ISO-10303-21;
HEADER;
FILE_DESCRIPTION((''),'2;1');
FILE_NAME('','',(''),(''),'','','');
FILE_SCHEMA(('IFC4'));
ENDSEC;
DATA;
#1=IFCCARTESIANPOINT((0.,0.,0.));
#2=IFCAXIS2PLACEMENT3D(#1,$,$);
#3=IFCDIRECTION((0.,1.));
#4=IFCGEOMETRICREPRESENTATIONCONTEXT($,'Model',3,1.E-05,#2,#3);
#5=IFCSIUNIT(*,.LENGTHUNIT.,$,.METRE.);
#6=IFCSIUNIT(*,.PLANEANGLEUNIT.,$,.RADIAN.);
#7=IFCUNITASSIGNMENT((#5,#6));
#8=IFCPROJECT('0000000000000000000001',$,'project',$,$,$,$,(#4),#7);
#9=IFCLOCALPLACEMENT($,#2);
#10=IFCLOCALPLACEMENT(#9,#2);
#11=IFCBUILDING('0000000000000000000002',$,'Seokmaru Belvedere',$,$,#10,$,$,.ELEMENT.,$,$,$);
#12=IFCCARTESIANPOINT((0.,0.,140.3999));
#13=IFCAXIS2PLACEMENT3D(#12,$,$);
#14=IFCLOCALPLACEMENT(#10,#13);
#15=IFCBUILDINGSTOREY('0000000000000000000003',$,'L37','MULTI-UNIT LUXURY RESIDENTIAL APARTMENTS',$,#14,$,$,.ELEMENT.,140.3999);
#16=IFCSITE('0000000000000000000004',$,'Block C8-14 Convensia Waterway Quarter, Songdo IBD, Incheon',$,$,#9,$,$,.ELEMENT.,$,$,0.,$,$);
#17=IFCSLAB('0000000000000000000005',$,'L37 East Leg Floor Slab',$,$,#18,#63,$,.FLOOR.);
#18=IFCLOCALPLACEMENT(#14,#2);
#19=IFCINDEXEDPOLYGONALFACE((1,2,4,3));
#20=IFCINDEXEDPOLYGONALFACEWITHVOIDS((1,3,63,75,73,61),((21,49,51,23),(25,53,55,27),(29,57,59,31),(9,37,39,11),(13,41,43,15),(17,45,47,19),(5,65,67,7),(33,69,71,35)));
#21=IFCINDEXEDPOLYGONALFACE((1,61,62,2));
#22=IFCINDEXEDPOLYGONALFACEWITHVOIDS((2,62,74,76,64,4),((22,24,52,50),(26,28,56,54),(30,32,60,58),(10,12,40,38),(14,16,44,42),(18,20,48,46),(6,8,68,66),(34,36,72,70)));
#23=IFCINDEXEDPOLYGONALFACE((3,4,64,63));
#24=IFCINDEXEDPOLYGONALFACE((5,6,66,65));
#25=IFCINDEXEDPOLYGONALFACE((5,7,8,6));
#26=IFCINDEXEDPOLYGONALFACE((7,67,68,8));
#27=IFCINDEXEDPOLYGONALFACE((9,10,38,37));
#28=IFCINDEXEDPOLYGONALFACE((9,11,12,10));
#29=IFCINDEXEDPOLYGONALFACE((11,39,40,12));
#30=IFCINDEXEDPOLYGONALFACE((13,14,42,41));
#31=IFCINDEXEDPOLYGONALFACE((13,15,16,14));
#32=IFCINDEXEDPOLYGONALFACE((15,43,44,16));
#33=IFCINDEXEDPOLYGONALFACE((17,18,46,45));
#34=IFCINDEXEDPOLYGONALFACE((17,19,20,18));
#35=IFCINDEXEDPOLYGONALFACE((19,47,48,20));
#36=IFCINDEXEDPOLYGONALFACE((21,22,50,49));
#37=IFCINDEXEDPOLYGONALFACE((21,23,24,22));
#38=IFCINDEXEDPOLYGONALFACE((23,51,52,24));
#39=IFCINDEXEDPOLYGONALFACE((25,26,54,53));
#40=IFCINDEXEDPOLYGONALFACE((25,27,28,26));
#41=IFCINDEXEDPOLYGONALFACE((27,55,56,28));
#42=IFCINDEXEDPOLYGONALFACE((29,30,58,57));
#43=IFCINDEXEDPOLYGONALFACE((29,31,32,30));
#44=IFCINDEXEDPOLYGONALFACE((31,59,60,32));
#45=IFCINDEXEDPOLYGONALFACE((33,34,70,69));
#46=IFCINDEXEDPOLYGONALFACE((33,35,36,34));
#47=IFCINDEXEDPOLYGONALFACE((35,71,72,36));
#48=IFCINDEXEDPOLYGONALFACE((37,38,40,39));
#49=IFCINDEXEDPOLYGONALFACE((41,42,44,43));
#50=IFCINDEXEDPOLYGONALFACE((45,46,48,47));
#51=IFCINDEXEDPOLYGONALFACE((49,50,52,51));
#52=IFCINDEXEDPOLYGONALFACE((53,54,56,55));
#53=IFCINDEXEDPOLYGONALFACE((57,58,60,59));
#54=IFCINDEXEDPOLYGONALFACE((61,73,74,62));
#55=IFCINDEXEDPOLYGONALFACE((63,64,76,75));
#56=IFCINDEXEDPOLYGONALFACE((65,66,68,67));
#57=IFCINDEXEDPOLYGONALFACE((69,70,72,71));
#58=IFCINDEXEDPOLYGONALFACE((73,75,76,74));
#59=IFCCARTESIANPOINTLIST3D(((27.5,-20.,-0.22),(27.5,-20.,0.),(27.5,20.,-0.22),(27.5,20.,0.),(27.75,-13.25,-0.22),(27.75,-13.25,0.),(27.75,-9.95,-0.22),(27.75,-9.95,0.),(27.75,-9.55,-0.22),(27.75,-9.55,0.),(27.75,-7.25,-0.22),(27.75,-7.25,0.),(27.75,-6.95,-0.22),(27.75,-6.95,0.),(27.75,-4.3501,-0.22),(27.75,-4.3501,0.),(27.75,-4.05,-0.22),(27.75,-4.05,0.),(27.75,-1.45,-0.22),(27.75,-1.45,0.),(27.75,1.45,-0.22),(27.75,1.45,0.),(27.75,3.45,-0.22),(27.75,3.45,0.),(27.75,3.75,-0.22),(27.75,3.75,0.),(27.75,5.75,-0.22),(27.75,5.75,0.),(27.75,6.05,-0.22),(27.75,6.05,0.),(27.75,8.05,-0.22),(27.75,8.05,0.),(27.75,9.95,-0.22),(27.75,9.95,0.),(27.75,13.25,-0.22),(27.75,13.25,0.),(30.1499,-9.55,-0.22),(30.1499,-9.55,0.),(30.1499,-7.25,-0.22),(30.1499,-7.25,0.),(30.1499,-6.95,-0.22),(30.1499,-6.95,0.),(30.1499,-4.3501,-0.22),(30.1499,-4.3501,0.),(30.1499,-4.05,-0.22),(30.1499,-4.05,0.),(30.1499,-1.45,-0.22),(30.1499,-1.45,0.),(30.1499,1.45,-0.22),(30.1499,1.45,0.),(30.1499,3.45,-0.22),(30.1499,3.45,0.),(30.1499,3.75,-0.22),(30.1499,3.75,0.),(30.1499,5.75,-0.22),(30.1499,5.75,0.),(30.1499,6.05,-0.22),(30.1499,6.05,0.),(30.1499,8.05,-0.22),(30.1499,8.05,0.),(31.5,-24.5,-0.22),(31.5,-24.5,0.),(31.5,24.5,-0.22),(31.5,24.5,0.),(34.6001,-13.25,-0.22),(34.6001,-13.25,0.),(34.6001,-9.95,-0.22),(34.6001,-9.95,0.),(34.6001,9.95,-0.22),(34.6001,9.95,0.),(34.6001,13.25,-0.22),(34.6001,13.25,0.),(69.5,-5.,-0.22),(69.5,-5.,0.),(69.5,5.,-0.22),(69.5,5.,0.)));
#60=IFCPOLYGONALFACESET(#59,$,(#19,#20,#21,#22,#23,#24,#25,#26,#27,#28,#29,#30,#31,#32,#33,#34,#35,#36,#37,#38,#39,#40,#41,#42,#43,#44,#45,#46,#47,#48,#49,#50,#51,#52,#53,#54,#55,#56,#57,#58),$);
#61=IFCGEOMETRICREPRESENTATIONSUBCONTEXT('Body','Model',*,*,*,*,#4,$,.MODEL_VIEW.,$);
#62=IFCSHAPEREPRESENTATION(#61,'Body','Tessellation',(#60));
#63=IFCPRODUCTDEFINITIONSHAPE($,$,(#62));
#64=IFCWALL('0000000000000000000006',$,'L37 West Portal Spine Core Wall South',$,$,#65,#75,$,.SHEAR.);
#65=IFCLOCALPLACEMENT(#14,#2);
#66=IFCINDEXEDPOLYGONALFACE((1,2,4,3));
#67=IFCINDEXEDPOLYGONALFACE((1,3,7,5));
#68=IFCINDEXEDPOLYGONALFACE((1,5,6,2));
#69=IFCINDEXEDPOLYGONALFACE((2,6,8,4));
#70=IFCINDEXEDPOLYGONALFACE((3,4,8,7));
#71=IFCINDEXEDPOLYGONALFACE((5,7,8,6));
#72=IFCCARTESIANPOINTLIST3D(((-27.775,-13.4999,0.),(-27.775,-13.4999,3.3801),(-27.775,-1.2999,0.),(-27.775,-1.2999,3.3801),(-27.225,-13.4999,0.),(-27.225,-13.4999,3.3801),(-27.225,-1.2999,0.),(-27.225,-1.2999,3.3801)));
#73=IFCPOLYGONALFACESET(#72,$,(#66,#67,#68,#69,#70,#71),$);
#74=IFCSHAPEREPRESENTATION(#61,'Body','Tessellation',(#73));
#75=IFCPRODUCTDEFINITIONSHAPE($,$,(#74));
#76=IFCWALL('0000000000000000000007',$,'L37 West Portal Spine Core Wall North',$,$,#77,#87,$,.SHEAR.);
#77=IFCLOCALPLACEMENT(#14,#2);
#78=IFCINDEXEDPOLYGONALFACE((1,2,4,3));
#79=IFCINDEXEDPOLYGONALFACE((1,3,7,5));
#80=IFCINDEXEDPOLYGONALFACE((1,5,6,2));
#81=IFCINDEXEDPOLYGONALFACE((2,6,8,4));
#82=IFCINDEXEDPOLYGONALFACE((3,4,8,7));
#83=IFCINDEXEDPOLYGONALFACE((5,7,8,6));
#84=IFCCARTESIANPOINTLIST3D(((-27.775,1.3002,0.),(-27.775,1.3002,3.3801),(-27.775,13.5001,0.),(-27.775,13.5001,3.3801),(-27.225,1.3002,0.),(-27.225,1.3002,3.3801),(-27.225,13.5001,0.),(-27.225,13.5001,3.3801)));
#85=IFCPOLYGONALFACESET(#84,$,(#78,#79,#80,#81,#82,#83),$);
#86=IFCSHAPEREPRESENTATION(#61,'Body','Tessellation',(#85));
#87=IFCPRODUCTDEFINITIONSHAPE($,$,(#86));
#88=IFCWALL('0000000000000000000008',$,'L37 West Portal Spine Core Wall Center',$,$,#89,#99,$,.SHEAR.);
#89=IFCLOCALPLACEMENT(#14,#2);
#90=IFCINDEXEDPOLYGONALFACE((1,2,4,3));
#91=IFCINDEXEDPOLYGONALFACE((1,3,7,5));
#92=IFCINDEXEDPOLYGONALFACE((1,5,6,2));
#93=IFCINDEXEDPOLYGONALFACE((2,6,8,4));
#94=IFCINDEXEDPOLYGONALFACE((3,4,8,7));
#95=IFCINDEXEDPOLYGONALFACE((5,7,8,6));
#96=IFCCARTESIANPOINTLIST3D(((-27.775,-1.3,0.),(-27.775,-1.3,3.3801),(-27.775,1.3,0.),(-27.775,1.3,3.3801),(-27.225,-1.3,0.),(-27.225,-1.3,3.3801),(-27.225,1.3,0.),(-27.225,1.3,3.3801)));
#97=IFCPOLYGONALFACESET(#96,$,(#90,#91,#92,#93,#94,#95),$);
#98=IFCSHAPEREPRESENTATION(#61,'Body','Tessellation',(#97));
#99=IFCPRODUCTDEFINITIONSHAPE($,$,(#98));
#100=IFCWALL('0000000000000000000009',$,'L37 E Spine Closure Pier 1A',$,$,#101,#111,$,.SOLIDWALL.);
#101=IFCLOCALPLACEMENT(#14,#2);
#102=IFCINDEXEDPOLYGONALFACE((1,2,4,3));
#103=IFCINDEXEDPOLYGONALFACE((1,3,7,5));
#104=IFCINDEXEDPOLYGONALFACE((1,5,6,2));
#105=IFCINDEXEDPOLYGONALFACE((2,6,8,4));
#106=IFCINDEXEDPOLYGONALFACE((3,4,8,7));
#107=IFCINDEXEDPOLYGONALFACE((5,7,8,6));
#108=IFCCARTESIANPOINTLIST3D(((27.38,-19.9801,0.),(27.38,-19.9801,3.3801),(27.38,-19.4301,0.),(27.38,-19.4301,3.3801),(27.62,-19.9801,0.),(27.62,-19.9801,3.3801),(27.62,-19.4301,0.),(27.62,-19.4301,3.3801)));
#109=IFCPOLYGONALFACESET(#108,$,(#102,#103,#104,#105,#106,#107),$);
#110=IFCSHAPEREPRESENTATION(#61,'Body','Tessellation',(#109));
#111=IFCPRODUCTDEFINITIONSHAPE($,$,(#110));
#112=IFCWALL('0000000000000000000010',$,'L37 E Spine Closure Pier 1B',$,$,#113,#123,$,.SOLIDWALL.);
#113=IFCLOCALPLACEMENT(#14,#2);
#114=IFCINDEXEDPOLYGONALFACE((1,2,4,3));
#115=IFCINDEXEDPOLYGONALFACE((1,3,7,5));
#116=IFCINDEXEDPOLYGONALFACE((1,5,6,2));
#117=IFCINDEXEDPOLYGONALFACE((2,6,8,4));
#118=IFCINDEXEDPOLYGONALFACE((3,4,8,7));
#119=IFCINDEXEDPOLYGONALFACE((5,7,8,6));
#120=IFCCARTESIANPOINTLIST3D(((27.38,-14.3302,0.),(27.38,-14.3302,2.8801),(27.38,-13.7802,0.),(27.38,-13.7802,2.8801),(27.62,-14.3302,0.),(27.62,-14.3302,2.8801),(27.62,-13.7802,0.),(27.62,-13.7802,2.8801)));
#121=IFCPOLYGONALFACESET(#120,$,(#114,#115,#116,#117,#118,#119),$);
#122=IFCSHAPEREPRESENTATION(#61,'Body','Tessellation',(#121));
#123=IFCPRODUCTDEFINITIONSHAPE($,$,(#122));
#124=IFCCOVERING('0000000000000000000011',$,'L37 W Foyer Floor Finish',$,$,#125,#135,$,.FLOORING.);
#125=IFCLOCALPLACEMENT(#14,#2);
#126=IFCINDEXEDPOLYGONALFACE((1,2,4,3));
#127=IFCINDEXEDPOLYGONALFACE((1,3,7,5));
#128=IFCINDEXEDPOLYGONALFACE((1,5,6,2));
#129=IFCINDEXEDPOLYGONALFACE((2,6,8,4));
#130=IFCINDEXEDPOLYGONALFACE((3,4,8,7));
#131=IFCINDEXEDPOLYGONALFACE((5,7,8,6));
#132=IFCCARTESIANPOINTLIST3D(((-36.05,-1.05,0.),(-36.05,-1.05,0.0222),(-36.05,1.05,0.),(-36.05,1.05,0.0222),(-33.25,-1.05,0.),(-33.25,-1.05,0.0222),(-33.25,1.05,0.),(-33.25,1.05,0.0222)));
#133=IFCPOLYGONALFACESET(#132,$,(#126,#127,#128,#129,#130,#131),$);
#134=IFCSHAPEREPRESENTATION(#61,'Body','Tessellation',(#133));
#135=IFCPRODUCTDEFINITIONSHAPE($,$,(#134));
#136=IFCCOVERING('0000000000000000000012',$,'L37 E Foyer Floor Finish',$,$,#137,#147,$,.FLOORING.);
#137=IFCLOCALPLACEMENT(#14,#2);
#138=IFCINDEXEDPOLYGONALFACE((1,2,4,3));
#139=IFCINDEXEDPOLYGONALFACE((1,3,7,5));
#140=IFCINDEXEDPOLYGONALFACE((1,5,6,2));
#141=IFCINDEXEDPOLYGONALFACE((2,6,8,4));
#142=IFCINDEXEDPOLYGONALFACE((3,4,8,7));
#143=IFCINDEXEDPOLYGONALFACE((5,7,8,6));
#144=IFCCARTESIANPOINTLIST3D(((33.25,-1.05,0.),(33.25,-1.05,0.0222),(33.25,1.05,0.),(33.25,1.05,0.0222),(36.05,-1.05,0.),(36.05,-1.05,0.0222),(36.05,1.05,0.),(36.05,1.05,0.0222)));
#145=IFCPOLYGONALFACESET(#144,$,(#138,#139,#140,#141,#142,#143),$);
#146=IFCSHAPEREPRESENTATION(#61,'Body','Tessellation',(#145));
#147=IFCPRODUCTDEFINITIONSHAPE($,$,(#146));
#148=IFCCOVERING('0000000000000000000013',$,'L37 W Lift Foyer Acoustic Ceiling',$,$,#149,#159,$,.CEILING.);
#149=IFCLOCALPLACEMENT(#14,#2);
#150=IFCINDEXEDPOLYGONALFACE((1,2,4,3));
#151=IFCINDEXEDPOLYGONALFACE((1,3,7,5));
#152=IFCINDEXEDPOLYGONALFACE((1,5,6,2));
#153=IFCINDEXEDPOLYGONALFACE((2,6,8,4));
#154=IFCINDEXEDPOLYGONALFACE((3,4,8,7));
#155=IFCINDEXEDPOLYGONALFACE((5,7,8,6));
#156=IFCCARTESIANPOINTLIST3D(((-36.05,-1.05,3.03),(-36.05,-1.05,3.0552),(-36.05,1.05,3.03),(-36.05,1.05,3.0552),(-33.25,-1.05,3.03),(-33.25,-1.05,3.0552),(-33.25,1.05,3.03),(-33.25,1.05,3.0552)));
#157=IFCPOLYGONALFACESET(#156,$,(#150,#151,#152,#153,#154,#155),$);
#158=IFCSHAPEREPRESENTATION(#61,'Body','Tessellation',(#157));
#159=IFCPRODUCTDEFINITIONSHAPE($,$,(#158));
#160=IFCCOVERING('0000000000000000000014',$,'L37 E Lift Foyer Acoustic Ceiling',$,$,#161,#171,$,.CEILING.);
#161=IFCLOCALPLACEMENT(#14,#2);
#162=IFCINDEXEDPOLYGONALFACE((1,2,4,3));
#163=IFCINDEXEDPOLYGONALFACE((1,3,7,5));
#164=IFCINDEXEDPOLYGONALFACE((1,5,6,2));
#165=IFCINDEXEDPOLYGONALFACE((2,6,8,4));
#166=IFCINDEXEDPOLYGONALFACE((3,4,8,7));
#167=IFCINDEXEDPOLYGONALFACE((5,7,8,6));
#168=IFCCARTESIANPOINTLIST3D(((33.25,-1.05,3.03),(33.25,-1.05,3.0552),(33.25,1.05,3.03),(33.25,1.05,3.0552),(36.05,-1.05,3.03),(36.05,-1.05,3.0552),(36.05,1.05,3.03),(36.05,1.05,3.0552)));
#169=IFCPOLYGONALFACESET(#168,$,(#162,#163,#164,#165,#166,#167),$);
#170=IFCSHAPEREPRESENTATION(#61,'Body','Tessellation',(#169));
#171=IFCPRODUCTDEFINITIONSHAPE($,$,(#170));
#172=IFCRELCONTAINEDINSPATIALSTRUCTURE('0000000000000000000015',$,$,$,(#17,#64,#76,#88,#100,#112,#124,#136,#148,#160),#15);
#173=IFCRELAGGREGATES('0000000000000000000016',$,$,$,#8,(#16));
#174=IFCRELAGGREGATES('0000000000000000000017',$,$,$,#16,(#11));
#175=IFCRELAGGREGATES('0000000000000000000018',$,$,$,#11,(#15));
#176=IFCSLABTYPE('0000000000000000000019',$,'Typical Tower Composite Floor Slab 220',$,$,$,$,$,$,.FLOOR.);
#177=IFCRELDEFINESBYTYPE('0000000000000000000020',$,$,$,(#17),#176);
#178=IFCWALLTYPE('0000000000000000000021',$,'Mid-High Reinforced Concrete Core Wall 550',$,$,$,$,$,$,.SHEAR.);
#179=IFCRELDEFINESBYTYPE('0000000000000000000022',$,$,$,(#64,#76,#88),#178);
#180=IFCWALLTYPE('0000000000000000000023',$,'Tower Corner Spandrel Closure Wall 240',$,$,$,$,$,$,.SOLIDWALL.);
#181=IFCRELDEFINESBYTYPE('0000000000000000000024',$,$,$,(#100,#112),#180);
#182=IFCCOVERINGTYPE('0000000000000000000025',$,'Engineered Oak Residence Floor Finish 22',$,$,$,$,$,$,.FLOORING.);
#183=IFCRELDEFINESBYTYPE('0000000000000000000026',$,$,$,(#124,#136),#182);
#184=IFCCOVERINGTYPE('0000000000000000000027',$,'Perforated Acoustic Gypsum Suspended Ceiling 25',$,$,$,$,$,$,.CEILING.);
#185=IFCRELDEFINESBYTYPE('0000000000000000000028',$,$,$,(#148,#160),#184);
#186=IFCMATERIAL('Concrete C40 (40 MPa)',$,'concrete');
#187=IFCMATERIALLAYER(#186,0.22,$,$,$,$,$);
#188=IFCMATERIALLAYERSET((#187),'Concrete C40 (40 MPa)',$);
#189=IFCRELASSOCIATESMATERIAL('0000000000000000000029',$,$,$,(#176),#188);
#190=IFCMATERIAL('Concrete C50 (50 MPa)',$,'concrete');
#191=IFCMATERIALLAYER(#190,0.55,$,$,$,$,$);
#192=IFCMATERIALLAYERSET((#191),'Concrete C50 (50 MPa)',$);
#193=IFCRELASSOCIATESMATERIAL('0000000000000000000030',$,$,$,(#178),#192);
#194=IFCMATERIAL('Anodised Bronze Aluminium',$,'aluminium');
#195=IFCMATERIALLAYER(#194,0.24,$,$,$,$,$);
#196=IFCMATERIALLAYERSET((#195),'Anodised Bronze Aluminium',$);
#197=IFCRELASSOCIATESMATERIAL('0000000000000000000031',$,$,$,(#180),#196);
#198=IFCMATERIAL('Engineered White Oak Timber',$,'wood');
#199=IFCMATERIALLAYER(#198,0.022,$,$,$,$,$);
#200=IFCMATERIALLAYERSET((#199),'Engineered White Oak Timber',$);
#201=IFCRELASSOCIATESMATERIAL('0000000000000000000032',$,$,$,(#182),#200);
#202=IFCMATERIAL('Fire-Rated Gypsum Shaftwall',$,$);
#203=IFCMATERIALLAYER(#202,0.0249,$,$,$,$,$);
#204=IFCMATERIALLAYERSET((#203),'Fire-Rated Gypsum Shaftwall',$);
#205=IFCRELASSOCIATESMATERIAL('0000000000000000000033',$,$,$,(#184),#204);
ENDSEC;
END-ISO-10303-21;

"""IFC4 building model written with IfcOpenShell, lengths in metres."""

from ifc_helpers import new_model, si_unit, direction, frame, frame_2d, origin, place, context, subcontext, project, spatial, polyline, rectangle, outline, extrude, material, layer, layer_set, type_object, element, save


model = new_model("IFC4")

# Units and contexts
model_context = context("Model", 3, precision=1e-05, world=origin(), true_north=direction((0.0, 1.0)))
body_context = subcontext(model_context, "Body", "Model", "MODEL_VIEW")
ifc_project = project(units=[si_unit("LENGTHUNIT", "METRE"), si_unit("PLANEANGLEUNIT", "RADIAN")], contexts=[model_context])

# Site, building, storey
site_placement = place(None, origin())
site = spatial("IfcSite", under=ifc_project, at=site_placement, Name="Block C8-14 Convensia Waterway Quarter, Songdo IBD, Incheon", CompositionType="ELEMENT", RefElevation=0.0)
building_placement = place(site_placement, origin())
building = spatial("IfcBuilding", under=site, at=building_placement, Name="Seokmaru Belvedere", CompositionType="ELEMENT")
storey_placement = place(building_placement, frame((0.0, 0.0, 140.3999)))
storey = spatial("IfcBuildingStorey", under=building, at=storey_placement, Name="L37", Description="MULTI-UNIT LUXURY RESIDENTIAL APARTMENTS", CompositionType="ELEMENT", Elevation=140.3999)

# Shared definitions
ifc_material_1 = material(Name="Concrete C40 (40 MPa)", Category="concrete")

# Slab
ifc_layer_1 = layer(ifc_material_1, 0.22)
ifc_layer_set_1 = layer_set([ifc_layer_1], Name="Concrete C40 (40 MPa)")
slab_type_1 = type_object("IfcSlabType", Name="Typical Tower Composite Floor Slab 220", PredefinedType="FLOOR", material=ifc_layer_set_1)
slab_1_placement = place(storey_placement, frame((0.0, 0.0, -0.22)))
element("IfcSlab", 1, at=slab_1_placement, inside=storey, type_object=slab_type_1, Name="L37 East Leg Floor Slab", PredefinedType="FLOOR", context=body_context, shape_type="SweptSolid", body=[
    extrude(outline(polyline([(31.5, -24.5), (69.5, -5.0), (69.5, 5.0), (31.5, 24.5), (27.5, 20.0), (27.5, -20.0), (31.5, -24.5)]), holes=[polyline([(27.75, -13.25), (34.6001, -13.25), (34.6001, -9.95), (27.75, -9.95), (27.75, -13.25)]), polyline([(27.75, 9.95), (34.6001, 9.95), (34.6001, 13.25), (27.75, 13.25), (27.75, 9.95)]), polyline([(27.75, -9.55), (30.1499, -9.55), (30.1499, -7.25), (27.75, -7.25), (27.75, -9.55)]), polyline([(27.75, -6.95), (30.1499, -6.95), (30.1499, -4.3501), (27.75, -4.3501), (27.75, -6.95)]), polyline([(27.75, -4.05), (30.1499, -4.05), (30.1499, -1.45), (27.75, -1.45), (27.75, -4.05)]), polyline([(27.75, 1.45), (30.1499, 1.45), (30.1499, 3.45), (27.75, 3.45), (27.75, 1.45)]), polyline([(27.75, 3.75), (30.1499, 3.75), (30.1499, 5.75), (27.75, 5.75), (27.75, 3.75)]), polyline([(27.75, 6.05), (30.1499, 6.05), (30.1499, 8.05), (27.75, 8.05), (27.75, 6.05)])]), origin(), (0.0, 0.0, 1.0), 0.22),
])

# Walls
ifc_material_2 = material(Name="Concrete C50 (50 MPa)", Category="concrete")
ifc_layer_2 = layer(ifc_material_2, 0.55)
ifc_layer_set_2 = layer_set([ifc_layer_2], Name="Concrete C50 (50 MPa)")
wall_type_1 = type_object("IfcWallType", Name="Mid-High Reinforced Concrete Core Wall 550", PredefinedType="SHEAR", material=ifc_layer_set_2)
for number, where, z_axis, x_axis, name in (
    (2, (-27.5, -13.5, 0.0), (0.0, 0.0, 1.0), (0.0, 1.0, 0.0), "L37 West Portal Spine Core Wall South"),
    (3, (-27.5, 1.3, 0.0), (0.0, 0.0, 1.0), (0.0, 1.0, 0.0), "L37 West Portal Spine Core Wall North"),
):
    element("IfcWall", number, at=place(storey_placement, frame(where, z_axis=z_axis, x_axis=x_axis)), inside=storey, type_object=wall_type_1, Name=name, PredefinedType="SHEAR", context=body_context, shape_type="SweptSolid", body=[
        extrude(rectangle(XDim=12.2, YDim=0.55, at=frame_2d((6.1001, 0.0))), origin(), (0.0, 0.0, 1.0), 3.3801),
    ])
wall_1_placement = place(storey_placement, frame((-27.5, -1.3, 0.0), z_axis=(0.0, 0.0, 1.0), x_axis=(0.0, 1.0, 0.0)))
element("IfcWall", 4, at=wall_1_placement, inside=storey, type_object=wall_type_1, Name="L37 West Portal Spine Core Wall Center", PredefinedType="SHEAR", context=body_context, shape_type="SweptSolid", body=[
    extrude(rectangle(XDim=2.6001, YDim=0.55, at=frame_2d((1.3, 0.0))), origin(), (0.0, 0.0, 1.0), 3.3801),
])
ifc_material_3 = material(Name="Anodised Bronze Aluminium", Category="aluminium")
ifc_layer_3 = layer(ifc_material_3, 0.24)
ifc_layer_set_3 = layer_set([ifc_layer_3], Name="Anodised Bronze Aluminium")
wall_type_2 = type_object("IfcWallType", Name="Tower Corner Spandrel Closure Wall 240", PredefinedType="SOLIDWALL", material=ifc_layer_set_3)
wall_2_placement = place(storey_placement, frame((27.5, -19.98, 0.0), z_axis=(0.0, 0.0, 1.0), x_axis=(0.0, 1.0, 0.0)))
element("IfcWall", 5, at=wall_2_placement, inside=storey, type_object=wall_type_2, Name="L37 E Spine Closure Pier 1A", PredefinedType="SOLIDWALL", context=body_context, shape_type="SweptSolid", body=[
    extrude(rectangle(XDim=0.55, YDim=0.24, at=frame_2d((0.2749, 0.0))), origin(), (0.0, 0.0, 1.0), 3.3801),
])
wall_3_placement = place(storey_placement, frame((27.5, -14.3301, 0.0), z_axis=(0.0, 0.0, 1.0), x_axis=(0.0, 1.0, 0.0)))
element("IfcWall", 6, at=wall_3_placement, inside=storey, type_object=wall_type_2, Name="L37 E Spine Closure Pier 1B", PredefinedType="SOLIDWALL", context=body_context, shape_type="SweptSolid", body=[
    extrude(rectangle(XDim=0.55, YDim=0.24, at=frame_2d((0.2749, 0.0))), origin(), (0.0, 0.0, 1.0), 2.8801),
])

# Coverings
ifc_material_4 = material(Name="Engineered White Oak Timber", Category="wood")
ifc_layer_4 = layer(ifc_material_4, 0.022)
ifc_layer_set_4 = layer_set([ifc_layer_4], Name="Engineered White Oak Timber")
covering_type_1 = type_object("IfcCoveringType", Name="Engineered Oak Residence Floor Finish 22", PredefinedType="FLOORING", material=ifc_layer_set_4)
covering_1_placement = place(storey_placement, origin())
element("IfcCovering", 7, at=covering_1_placement, inside=storey, type_object=covering_type_1, Name="L37 W Foyer Floor Finish", PredefinedType="FLOORING", context=body_context, shape_type="SweptSolid", body=[
    extrude(outline(polyline([(-36.05, -1.05), (-33.25, -1.05), (-33.25, 1.05), (-36.05, 1.05), (-36.05, -1.05)])), origin(), (0.0, 0.0, 1.0), 0.0222),
])
covering_2_placement = place(storey_placement, origin())
element("IfcCovering", 8, at=covering_2_placement, inside=storey, type_object=covering_type_1, Name="L37 E Foyer Floor Finish", PredefinedType="FLOORING", context=body_context, shape_type="SweptSolid", body=[
    extrude(outline(polyline([(33.25, -1.05), (36.05, -1.05), (36.05, 1.05), (33.25, 1.05), (33.25, -1.05)])), origin(), (0.0, 0.0, 1.0), 0.0222),
])
ifc_material_5 = material(Name="Fire-Rated Gypsum Shaftwall")
ifc_layer_5 = layer(ifc_material_5, 0.0249)
ifc_layer_set_5 = layer_set([ifc_layer_5], Name="Fire-Rated Gypsum Shaftwall")
covering_type_2 = type_object("IfcCoveringType", Name="Perforated Acoustic Gypsum Suspended Ceiling 25", PredefinedType="CEILING", material=ifc_layer_set_5)
covering_3_placement = place(storey_placement, frame((0.0, 0.0, 3.03)))
element("IfcCovering", 9, at=covering_3_placement, inside=storey, type_object=covering_type_2, Name="L37 W Lift Foyer Acoustic Ceiling", PredefinedType="CEILING", context=body_context, shape_type="SweptSolid", body=[
    extrude(outline(polyline([(-36.05, -1.05), (-33.25, -1.05), (-33.25, 1.05), (-36.05, 1.05), (-36.05, -1.05)])), origin(), (0.0, 0.0, 1.0), 0.0251),
])
covering_4_placement = place(storey_placement, frame((0.0, 0.0, 3.03)))
element("IfcCovering", 10, at=covering_4_placement, inside=storey, type_object=covering_type_2, Name="L37 E Lift Foyer Acoustic Ceiling", PredefinedType="CEILING", context=body_context, shape_type="SweptSolid", body=[
    extrude(outline(polyline([(33.25, -1.05), (36.05, -1.05), (36.05, 1.05), (33.25, 1.05), (33.25, -1.05)])), origin(), (0.0, 0.0, 1.0), 0.0251),
])

save(model, "model.ifc")
